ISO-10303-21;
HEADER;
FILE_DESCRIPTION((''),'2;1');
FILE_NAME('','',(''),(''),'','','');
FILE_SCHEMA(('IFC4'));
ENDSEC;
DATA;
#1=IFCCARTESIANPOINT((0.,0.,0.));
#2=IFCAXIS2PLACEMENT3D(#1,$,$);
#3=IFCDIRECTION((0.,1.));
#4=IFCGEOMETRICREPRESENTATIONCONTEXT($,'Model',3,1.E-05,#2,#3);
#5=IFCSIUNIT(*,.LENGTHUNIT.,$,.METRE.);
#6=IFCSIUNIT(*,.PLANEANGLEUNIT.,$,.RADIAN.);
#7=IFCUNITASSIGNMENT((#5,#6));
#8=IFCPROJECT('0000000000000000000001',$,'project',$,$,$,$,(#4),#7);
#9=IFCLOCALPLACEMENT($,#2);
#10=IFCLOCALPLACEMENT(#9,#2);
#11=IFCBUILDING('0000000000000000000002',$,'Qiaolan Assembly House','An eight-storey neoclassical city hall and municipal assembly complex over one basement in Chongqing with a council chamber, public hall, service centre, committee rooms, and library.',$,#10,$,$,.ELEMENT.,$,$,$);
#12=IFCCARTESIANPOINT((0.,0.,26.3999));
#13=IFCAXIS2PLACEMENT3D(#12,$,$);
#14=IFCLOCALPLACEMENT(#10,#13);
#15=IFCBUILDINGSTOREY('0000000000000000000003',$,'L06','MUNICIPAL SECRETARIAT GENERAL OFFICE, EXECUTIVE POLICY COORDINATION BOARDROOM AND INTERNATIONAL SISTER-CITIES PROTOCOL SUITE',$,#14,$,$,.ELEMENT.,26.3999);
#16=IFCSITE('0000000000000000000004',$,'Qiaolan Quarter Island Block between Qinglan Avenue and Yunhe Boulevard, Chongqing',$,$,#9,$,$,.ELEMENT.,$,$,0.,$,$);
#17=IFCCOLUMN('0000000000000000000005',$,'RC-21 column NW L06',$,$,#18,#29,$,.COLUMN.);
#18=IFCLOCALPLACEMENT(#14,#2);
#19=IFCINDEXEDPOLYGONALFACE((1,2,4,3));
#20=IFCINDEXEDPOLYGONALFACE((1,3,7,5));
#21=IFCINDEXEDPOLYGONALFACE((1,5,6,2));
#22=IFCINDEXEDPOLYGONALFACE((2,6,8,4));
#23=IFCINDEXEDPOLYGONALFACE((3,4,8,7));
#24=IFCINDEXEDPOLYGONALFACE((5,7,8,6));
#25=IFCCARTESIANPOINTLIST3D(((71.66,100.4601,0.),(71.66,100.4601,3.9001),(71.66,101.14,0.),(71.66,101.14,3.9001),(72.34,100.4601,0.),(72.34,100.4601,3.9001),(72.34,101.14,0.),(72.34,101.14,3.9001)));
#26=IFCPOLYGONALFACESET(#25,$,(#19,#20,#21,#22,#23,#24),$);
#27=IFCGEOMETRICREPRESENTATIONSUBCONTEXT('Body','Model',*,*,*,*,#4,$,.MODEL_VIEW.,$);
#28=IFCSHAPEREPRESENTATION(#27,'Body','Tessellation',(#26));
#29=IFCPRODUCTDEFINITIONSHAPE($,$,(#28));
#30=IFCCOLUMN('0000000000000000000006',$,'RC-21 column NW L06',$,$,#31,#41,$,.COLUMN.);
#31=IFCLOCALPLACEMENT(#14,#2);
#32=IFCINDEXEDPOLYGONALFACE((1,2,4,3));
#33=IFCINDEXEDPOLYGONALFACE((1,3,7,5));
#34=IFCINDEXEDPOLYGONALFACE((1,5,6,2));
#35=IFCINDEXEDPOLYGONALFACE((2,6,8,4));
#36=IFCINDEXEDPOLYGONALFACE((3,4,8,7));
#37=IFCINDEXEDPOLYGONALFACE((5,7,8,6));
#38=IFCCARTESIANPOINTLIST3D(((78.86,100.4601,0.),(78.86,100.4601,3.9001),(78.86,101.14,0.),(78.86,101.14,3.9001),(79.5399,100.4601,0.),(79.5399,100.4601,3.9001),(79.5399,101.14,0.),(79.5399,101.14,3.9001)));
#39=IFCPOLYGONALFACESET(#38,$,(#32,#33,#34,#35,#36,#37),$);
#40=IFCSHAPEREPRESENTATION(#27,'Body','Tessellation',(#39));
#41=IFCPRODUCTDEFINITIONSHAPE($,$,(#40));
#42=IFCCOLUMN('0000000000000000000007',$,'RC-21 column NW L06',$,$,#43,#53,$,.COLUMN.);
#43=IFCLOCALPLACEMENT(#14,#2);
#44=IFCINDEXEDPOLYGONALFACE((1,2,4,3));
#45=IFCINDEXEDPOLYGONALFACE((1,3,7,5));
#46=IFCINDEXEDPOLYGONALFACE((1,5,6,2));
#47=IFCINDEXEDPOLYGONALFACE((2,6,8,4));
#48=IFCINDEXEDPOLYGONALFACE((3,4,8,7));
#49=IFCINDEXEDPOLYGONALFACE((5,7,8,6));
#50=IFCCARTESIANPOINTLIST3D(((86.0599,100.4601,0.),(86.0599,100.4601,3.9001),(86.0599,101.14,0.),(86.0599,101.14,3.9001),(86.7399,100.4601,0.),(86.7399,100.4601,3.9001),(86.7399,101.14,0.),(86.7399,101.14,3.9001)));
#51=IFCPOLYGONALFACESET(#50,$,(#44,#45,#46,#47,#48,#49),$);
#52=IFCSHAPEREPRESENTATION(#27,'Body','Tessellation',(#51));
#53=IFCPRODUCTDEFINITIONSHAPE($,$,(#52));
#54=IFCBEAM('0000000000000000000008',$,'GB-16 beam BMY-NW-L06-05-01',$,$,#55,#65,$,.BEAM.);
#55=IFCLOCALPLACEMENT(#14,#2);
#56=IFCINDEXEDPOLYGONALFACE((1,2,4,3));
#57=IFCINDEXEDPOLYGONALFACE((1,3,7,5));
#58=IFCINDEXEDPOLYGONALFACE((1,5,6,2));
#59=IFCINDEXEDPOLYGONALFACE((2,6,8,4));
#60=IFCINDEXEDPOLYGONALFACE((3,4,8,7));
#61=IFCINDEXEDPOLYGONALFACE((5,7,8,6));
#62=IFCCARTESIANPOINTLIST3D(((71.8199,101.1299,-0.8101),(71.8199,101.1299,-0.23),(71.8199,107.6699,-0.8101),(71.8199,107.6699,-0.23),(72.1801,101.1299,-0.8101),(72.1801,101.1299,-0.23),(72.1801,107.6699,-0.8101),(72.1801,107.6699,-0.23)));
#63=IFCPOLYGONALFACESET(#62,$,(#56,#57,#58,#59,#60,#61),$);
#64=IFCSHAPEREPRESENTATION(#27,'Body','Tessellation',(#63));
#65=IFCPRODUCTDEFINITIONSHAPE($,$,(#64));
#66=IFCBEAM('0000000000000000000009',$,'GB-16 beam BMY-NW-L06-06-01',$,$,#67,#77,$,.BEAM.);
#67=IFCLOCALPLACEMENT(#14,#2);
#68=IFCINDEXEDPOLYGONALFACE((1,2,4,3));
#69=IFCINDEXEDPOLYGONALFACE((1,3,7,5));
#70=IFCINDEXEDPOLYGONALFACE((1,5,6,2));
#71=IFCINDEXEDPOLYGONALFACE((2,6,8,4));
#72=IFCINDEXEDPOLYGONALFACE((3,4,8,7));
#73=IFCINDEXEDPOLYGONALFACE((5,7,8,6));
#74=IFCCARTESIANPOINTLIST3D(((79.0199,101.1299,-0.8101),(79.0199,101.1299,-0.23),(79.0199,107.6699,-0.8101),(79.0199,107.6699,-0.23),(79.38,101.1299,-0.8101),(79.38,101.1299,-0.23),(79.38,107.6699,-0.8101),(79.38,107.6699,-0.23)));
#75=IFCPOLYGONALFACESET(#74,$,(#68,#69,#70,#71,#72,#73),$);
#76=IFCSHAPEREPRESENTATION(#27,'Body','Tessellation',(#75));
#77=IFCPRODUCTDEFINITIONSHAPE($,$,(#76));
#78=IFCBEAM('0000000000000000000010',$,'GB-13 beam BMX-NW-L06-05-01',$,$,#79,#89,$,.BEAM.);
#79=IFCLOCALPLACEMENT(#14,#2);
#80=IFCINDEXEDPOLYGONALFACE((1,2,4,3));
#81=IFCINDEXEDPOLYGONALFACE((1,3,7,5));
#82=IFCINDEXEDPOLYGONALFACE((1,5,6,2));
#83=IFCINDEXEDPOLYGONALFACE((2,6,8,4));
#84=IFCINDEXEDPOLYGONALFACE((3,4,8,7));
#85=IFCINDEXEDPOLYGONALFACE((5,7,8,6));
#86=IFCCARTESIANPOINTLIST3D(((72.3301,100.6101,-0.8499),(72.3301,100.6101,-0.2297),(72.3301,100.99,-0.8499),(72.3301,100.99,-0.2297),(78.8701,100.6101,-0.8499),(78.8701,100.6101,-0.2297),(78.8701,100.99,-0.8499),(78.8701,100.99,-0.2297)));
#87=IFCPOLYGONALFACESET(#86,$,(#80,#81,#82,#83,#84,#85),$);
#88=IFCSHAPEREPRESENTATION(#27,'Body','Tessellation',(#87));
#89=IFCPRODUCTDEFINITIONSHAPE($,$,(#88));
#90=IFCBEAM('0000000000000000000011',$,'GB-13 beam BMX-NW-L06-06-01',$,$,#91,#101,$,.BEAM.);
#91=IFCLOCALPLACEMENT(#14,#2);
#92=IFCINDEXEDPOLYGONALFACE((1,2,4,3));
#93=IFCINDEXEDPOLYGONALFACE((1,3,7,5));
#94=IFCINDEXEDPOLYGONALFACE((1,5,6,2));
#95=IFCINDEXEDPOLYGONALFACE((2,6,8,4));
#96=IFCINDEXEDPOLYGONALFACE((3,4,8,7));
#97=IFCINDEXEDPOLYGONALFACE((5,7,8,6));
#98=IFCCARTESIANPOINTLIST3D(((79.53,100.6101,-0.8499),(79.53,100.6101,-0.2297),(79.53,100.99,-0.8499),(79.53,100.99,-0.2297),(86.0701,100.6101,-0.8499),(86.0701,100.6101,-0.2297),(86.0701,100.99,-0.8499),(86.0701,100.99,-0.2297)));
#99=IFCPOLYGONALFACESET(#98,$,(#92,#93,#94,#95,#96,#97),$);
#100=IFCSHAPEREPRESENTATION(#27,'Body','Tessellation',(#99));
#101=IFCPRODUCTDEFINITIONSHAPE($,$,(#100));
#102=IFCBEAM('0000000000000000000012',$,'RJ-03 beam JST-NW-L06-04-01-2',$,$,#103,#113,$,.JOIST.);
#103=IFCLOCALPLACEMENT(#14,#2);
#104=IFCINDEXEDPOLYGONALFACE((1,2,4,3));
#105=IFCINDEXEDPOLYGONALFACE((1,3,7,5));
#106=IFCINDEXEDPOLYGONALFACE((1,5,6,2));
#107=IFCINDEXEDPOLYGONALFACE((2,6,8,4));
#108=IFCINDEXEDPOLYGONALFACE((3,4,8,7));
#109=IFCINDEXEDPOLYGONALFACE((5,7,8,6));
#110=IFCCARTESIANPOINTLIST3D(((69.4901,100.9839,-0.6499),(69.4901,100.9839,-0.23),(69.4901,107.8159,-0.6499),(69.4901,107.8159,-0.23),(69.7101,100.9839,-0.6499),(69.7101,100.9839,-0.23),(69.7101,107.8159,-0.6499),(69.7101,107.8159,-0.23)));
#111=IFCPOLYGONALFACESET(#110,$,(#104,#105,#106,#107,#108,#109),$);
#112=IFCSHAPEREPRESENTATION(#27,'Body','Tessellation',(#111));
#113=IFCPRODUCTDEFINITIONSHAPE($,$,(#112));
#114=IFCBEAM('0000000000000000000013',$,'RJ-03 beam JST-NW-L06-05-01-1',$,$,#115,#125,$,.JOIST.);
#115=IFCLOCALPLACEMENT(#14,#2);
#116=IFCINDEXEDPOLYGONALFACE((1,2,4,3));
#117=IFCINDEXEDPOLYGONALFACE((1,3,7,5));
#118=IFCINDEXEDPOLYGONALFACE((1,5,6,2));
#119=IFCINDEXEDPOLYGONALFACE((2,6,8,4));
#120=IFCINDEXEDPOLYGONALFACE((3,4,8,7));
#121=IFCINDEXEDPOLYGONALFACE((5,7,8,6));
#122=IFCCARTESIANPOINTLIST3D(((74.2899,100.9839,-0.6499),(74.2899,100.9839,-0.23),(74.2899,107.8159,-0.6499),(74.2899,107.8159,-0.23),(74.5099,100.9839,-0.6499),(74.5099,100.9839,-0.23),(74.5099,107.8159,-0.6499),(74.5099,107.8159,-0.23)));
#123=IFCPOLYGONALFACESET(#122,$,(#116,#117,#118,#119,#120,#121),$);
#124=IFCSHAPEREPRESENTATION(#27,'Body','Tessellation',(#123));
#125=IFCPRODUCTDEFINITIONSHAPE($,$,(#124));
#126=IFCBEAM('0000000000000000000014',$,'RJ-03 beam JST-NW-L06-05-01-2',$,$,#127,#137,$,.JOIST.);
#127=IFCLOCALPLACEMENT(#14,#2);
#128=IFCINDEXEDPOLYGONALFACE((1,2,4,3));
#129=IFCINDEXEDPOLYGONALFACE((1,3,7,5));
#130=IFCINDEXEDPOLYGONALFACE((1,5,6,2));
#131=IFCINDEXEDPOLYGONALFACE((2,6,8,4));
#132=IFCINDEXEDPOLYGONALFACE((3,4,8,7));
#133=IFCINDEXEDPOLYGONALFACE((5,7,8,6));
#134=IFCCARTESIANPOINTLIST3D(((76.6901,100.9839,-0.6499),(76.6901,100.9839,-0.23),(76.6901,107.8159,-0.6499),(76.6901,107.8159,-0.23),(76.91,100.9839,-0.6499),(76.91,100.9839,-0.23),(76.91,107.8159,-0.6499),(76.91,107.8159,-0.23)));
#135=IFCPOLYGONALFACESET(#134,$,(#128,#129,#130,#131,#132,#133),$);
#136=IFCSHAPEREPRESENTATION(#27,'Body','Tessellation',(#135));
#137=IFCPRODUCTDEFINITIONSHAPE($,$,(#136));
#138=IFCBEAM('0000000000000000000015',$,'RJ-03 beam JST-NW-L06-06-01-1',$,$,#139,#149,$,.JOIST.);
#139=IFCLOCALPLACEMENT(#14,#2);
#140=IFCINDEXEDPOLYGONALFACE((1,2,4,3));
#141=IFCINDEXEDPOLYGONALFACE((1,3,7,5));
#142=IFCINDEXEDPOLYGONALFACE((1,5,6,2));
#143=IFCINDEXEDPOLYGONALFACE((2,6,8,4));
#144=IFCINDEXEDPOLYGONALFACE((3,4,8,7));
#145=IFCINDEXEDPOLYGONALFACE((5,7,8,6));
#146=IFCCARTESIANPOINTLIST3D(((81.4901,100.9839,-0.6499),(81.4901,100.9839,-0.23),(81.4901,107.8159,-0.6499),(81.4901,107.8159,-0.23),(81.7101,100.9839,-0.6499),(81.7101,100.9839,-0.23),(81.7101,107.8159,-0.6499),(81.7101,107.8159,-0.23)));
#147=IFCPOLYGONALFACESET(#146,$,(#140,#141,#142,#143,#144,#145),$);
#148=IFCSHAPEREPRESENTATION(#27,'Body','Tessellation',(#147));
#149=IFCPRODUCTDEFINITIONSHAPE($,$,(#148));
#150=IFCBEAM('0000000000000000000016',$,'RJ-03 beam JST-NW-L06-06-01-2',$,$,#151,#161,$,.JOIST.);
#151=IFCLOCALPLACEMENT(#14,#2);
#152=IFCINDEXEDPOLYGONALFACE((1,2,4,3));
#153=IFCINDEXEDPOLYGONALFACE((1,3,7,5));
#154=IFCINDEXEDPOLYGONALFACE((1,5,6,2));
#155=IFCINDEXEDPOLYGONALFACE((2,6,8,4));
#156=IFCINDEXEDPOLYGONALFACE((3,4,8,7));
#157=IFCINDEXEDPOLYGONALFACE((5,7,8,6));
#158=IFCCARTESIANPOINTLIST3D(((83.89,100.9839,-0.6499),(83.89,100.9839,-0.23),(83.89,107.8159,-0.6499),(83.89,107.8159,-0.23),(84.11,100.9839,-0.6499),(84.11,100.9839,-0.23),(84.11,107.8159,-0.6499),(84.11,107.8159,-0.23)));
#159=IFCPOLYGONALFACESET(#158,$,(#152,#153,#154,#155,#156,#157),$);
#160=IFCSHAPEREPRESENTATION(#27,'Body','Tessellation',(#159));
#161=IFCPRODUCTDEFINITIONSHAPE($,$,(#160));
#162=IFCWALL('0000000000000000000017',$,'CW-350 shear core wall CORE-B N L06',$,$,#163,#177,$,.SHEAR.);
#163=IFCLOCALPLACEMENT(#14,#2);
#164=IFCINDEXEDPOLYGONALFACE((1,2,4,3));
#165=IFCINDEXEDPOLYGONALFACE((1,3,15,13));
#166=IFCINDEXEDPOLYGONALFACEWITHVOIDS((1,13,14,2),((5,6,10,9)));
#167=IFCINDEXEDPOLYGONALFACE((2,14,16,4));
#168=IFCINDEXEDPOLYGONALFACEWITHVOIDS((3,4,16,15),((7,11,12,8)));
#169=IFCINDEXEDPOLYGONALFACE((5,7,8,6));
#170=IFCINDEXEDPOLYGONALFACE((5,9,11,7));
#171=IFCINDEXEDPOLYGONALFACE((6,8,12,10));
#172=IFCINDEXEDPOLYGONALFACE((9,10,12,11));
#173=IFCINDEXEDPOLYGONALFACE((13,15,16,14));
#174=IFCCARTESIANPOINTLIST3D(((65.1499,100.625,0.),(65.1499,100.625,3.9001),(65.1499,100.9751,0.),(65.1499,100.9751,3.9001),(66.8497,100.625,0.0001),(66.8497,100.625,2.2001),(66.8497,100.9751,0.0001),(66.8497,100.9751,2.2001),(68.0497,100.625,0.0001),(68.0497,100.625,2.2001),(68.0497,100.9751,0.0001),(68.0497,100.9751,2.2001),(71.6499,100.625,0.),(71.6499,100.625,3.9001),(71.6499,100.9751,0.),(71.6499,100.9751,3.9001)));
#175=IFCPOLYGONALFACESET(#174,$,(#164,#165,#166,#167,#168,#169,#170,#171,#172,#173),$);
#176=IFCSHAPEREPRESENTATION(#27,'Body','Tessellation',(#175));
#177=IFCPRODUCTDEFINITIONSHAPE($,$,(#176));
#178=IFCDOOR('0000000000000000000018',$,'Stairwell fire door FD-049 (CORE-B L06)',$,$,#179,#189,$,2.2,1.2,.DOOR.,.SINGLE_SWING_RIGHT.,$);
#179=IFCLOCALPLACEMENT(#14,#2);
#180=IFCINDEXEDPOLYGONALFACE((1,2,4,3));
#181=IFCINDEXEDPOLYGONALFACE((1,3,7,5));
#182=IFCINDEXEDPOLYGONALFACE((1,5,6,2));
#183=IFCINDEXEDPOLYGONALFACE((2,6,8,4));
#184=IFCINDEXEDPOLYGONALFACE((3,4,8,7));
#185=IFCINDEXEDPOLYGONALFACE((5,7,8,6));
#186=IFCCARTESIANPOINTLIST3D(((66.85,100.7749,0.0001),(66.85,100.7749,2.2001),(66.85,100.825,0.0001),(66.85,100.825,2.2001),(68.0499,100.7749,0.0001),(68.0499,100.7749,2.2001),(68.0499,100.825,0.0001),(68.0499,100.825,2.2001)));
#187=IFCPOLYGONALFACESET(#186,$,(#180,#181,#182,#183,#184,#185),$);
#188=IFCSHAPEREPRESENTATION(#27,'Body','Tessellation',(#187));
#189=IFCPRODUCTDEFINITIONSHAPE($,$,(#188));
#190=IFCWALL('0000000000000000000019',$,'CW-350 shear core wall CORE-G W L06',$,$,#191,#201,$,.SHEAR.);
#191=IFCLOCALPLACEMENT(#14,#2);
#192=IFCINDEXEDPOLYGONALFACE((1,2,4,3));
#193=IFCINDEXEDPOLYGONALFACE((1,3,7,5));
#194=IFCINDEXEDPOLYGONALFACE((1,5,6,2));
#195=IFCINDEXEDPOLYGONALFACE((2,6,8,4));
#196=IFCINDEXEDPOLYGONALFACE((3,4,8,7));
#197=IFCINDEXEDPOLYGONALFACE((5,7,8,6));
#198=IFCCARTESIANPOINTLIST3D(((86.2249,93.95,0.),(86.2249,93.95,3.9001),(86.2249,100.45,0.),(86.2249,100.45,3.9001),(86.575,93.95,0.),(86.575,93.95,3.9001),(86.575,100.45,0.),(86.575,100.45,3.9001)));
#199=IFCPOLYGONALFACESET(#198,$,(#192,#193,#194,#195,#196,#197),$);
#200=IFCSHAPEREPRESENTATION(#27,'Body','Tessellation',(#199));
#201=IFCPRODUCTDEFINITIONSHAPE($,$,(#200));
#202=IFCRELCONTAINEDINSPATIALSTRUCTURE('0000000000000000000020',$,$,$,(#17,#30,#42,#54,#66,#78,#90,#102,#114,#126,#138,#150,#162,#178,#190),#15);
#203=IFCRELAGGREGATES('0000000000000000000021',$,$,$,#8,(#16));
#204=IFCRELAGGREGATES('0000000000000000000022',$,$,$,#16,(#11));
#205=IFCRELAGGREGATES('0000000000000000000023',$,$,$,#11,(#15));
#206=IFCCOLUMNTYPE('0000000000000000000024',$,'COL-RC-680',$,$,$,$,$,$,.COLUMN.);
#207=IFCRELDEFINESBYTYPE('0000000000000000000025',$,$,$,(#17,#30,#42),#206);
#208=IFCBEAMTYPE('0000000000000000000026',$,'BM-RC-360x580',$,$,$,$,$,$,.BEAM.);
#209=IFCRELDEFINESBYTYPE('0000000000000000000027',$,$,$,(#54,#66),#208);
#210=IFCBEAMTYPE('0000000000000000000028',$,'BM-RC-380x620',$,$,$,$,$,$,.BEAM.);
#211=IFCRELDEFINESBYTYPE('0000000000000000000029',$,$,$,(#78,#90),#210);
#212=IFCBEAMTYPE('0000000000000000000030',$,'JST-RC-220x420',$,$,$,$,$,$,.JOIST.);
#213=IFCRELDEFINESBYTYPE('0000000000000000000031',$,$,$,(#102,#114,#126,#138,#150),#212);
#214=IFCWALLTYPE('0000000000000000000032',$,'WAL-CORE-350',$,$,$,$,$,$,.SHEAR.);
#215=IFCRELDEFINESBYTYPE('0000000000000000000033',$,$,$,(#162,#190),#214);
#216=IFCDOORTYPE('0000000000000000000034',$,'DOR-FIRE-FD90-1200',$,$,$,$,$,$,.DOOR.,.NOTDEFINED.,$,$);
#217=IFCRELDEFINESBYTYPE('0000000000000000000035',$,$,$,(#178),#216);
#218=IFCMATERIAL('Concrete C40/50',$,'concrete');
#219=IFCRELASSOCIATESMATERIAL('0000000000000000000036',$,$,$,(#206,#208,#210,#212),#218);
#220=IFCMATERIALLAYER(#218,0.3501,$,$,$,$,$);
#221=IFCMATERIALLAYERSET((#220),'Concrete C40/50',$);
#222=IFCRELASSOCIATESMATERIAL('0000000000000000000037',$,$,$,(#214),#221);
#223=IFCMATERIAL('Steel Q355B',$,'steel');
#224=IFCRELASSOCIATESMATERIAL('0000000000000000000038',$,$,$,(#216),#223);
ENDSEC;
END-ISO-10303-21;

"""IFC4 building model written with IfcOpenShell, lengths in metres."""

from ifc_helpers import new_model, si_unit, direction, frame, frame_2d, origin, origin_2d, place, context, subcontext, project, spatial, rectangle, extrude, material, layer, layer_set, material_profile, profile_set, type_object, element, fill, save


model = new_model("IFC4")

# Units and contexts
model_context = context("Model", 3, precision=1e-05, world=origin(), true_north=direction((0.0, 1.0)))
body_context = subcontext(model_context, "Body", "Model", "MODEL_VIEW")
ifc_project = project(units=[si_unit("LENGTHUNIT", "METRE"), si_unit("PLANEANGLEUNIT", "RADIAN")], contexts=[model_context])

# Site, building, storey
site_placement = place(None, origin())
site = spatial("IfcSite", under=ifc_project, at=site_placement, Name="Qiaolan Quarter Island Block between Qinglan Avenue and Yunhe Boulevard, Chongqing", CompositionType="ELEMENT", RefElevation=0.0)
building_placement = place(site_placement, origin())
building = spatial("IfcBuilding", under=site, at=building_placement, Name="Qiaolan Assembly House", Description="An eight-storey neoclassical city hall and municipal assembly complex over one basement in Chongqing with a council chamber, public hall, service centre, committee rooms, and library.", CompositionType="ELEMENT")
storey_placement = place(building_placement, frame((0.0, 0.0, 26.3999)))
storey = spatial("IfcBuildingStorey", under=building, at=storey_placement, Name="L06", Description="MUNICIPAL SECRETARIAT GENERAL OFFICE, EXECUTIVE POLICY COORDINATION BOARDROOM AND INTERNATIONAL SISTER-CITIES PROTOCOL SUITE", CompositionType="ELEMENT", Elevation=26.3999)

# Columns
ifc_material_1 = material(Name="Concrete C40/50", Category="concrete")
ifc_material_profile_1 = material_profile(ifc_material_1, rectangle(XDim=0.6799, YDim=0.6799, at=origin_2d()), Name="RC 680x680")
ifc_profile_set_1 = profile_set([ifc_material_profile_1], Name="Concrete C40/50")
column_type = type_object("IfcColumnType", Name="COL-RC-680", PredefinedType="COLUMN", material=ifc_profile_set_1)
for number, where, z_axis, x_axis, name in (
    (1, (72.0, 100.8, 0.0), (0.0, 0.0, 1.0), (1.0, 0.0, 0.0), "RC-21 column NW L06"),
    (2, (79.2, 100.8, 0.0), (0.0, 0.0, 1.0), (1.0, 0.0, 0.0), "RC-21 column NW L06"),
    (3, (86.3999, 100.8, 0.0), (0.0, 0.0, 1.0), (1.0, 0.0, 0.0), "RC-21 column NW L06"),
):
    element("IfcColumn", number, at=place(storey_placement, frame(where, z_axis=z_axis, x_axis=x_axis)), inside=storey, type_object=column_type, Name=name, PredefinedType="COLUMN", context=body_context, shape_type="SweptSolid", body=[
        extrude(rectangle(XDim=0.6799, YDim=0.6799, at=origin_2d()), origin(), (0.0, 0.0, 1.0), 3.9001),
    ])

# Beams
ifc_material_profile_2 = material_profile(ifc_material_1, rectangle(XDim=0.3601, YDim=0.5801, at=origin_2d()), Name="RCB 360x580")
ifc_profile_set_2 = profile_set([ifc_material_profile_2], Name="Concrete C40/50")
beam_type_1 = type_object("IfcBeamType", Name="BM-RC-360x580", PredefinedType="BEAM", material=ifc_profile_set_2)
for number, where, z_axis, x_axis, name in (
    (4, (72.0, 101.1299, -0.52), (0.0, 1.0, 0.0), (-1.0, 0.0, 0.0), "GB-16 beam BMY-NW-L06-05-01"),
    (5, (79.2, 101.1299, -0.52), (0.0, 1.0, 0.0), (-1.0, 0.0, 0.0), "GB-16 beam BMY-NW-L06-06-01"),
):
    element("IfcBeam", number, at=place(storey_placement, frame(where, z_axis=z_axis, x_axis=x_axis)), inside=storey, type_object=beam_type_1, Name=name, PredefinedType="BEAM", context=body_context, shape_type="SweptSolid", body=[
        extrude(rectangle(XDim=0.3601, YDim=0.5801, at=origin_2d()), origin(), (0.0, 0.0, 1.0), 6.54),
    ])
ifc_material_profile_3 = material_profile(ifc_material_1, rectangle(XDim=0.3799, YDim=0.6201, at=origin_2d()), Name="RCB 380x620")
ifc_profile_set_3 = profile_set([ifc_material_profile_3], Name="Concrete C40/50")
beam_type_2 = type_object("IfcBeamType", Name="BM-RC-380x620", PredefinedType="BEAM", material=ifc_profile_set_3)
for number, where, z_axis, x_axis, name in (
    (6, (72.3301, 100.8, -0.5398), (1.0, 0.0, 0.0), (0.0, 1.0, 0.0), "GB-13 beam BMX-NW-L06-05-01"),
    (7, (79.53, 100.8, -0.5398), (1.0, 0.0, 0.0), (0.0, 1.0, 0.0), "GB-13 beam BMX-NW-L06-06-01"),
):
    element("IfcBeam", number, at=place(storey_placement, frame(where, z_axis=z_axis, x_axis=x_axis)), inside=storey, type_object=beam_type_2, Name=name, PredefinedType="BEAM", context=body_context, shape_type="SweptSolid", body=[
        extrude(rectangle(XDim=0.3799, YDim=0.6201, at=origin_2d()), origin(), (0.0, 0.0, 1.0), 6.54),
    ])
ifc_material_profile_4 = material_profile(ifc_material_1, rectangle(XDim=0.22, YDim=0.4199, at=origin_2d()), Name="RCB 220x420")
ifc_profile_set_4 = profile_set([ifc_material_profile_4], Name="Concrete C40/50")
beam_type_3 = type_object("IfcBeamType", Name="JST-RC-220x420", PredefinedType="JOIST", material=ifc_profile_set_4)
for number, where, z_axis, x_axis, name in (
    (8, (69.6001, 100.9839, -0.4399), (0.0, 1.0, 0.0), (-1.0, 0.0, 0.0), "RJ-03 beam JST-NW-L06-04-01-2"),
    (9, (74.3999, 100.9839, -0.4399), (0.0, 1.0, 0.0), (-1.0, 0.0, 0.0), "RJ-03 beam JST-NW-L06-05-01-1"),
    (10, (76.8, 100.9839, -0.4399), (0.0, 1.0, 0.0), (-1.0, 0.0, 0.0), "RJ-03 beam JST-NW-L06-05-01-2"),
    (11, (81.6001, 100.9839, -0.4399), (0.0, 1.0, 0.0), (-1.0, 0.0, 0.0), "RJ-03 beam JST-NW-L06-06-01-1"),
    (12, (84.0, 100.9839, -0.4399), (0.0, 1.0, 0.0), (-1.0, 0.0, 0.0), "RJ-03 beam JST-NW-L06-06-01-2"),
):
    element("IfcBeam", number, at=place(storey_placement, frame(where, z_axis=z_axis, x_axis=x_axis)), inside=storey, type_object=beam_type_3, Name=name, PredefinedType="JOIST", context=body_context, shape_type="SweptSolid", body=[
        extrude(rectangle(XDim=0.22, YDim=0.4199, at=origin_2d()), origin(), (0.0, 0.0, 1.0), 6.832),
    ])

# Wall, opening, door
ifc_layer_1 = layer(ifc_material_1, 0.3501)
ifc_layer_set_1 = layer_set([ifc_layer_1], Name="Concrete C40/50")
wall_type_1 = type_object("IfcWallType", Name="WAL-CORE-350", PredefinedType="SHEAR", material=ifc_layer_set_1)
wall_1_placement = place(storey_placement, frame((71.6499, 100.8, 0.0), z_axis=(0.0, 0.0, 1.0), x_axis=(-1.0, 0.0, 0.0)))
wall_1 = element("IfcWall", 13, at=wall_1_placement, inside=storey, type_object=wall_type_1, Name="CW-350 shear core wall CORE-B N L06", PredefinedType="SHEAR", context=body_context, shape_type="SweptSolid", body=[
    extrude(rectangle(XDim=6.5, YDim=0.3501, at=frame_2d((3.25, 0.0))), origin(), (0.0, 0.0, 1.0), 3.9001),
])
opening_1_placement = place(wall_1_placement, frame((3.6001, 0.0, 0.0)))
opening_1 = element("IfcOpeningElement", 14, at=opening_1_placement, cuts=wall_1, PredefinedType="OPENING", context=body_context, shape_type="SweptSolid", body=[
    extrude(rectangle(XDim=1.2, YDim=2.2, at=frame_2d((0.6001, 1.1001))), frame((0.0, 0.1851, 0.0), z_axis=(0.0, -1.0, 0.0), x_axis=(1.0, 0.0, 0.0)), (0.0, 0.0, 1.0), 0.3701),
])
ifc_material_2 = material(Name="Steel Q355B", Category="steel")
door_type_1 = type_object("IfcDoorType", Name="DOR-FIRE-FD90-1200", OperationType="NOTDEFINED", PredefinedType="DOOR", material=ifc_material_2)
door_1_placement = place(opening_1_placement, frame((1.2, 0.0, 0.0), z_axis=(0.0, 0.0, 1.0), x_axis=(-1.0, 0.0, 0.0)))
door_1 = element("IfcDoor", 15, at=door_1_placement, inside=storey, type_object=door_type_1, Name="Stairwell fire door FD-049 (CORE-B L06)", OperationType="SINGLE_SWING_RIGHT", OverallHeight=2.2, OverallWidth=1.2, PredefinedType="DOOR", context=body_context, shape_type="SweptSolid", body=[
    extrude(rectangle(XDim=1.2, YDim=2.2, at=frame_2d((0.6001, 1.1001))), frame((0.0, 0.0249, 0.0), z_axis=(0.0, -1.0, 0.0), x_axis=(1.0, 0.0, 0.0)), (0.0, 0.0, 1.0), 0.05),
])
fill(opening_1, door_1)

# Wall
wall_2_placement = place(storey_placement, frame((86.3999, 100.45, 0.0), z_axis=(0.0, 0.0, 1.0), x_axis=(0.0, -1.0, 0.0)))
element("IfcWall", 16, at=wall_2_placement, inside=storey, type_object=wall_type_1, Name="CW-350 shear core wall CORE-G W L06", PredefinedType="SHEAR", context=body_context, shape_type="SweptSolid", body=[
    extrude(rectangle(XDim=6.5, YDim=0.3501, at=frame_2d((3.25, 0.0))), origin(), (0.0, 0.0, 1.0), 3.9001),
])

save(model, "model.ifc")
